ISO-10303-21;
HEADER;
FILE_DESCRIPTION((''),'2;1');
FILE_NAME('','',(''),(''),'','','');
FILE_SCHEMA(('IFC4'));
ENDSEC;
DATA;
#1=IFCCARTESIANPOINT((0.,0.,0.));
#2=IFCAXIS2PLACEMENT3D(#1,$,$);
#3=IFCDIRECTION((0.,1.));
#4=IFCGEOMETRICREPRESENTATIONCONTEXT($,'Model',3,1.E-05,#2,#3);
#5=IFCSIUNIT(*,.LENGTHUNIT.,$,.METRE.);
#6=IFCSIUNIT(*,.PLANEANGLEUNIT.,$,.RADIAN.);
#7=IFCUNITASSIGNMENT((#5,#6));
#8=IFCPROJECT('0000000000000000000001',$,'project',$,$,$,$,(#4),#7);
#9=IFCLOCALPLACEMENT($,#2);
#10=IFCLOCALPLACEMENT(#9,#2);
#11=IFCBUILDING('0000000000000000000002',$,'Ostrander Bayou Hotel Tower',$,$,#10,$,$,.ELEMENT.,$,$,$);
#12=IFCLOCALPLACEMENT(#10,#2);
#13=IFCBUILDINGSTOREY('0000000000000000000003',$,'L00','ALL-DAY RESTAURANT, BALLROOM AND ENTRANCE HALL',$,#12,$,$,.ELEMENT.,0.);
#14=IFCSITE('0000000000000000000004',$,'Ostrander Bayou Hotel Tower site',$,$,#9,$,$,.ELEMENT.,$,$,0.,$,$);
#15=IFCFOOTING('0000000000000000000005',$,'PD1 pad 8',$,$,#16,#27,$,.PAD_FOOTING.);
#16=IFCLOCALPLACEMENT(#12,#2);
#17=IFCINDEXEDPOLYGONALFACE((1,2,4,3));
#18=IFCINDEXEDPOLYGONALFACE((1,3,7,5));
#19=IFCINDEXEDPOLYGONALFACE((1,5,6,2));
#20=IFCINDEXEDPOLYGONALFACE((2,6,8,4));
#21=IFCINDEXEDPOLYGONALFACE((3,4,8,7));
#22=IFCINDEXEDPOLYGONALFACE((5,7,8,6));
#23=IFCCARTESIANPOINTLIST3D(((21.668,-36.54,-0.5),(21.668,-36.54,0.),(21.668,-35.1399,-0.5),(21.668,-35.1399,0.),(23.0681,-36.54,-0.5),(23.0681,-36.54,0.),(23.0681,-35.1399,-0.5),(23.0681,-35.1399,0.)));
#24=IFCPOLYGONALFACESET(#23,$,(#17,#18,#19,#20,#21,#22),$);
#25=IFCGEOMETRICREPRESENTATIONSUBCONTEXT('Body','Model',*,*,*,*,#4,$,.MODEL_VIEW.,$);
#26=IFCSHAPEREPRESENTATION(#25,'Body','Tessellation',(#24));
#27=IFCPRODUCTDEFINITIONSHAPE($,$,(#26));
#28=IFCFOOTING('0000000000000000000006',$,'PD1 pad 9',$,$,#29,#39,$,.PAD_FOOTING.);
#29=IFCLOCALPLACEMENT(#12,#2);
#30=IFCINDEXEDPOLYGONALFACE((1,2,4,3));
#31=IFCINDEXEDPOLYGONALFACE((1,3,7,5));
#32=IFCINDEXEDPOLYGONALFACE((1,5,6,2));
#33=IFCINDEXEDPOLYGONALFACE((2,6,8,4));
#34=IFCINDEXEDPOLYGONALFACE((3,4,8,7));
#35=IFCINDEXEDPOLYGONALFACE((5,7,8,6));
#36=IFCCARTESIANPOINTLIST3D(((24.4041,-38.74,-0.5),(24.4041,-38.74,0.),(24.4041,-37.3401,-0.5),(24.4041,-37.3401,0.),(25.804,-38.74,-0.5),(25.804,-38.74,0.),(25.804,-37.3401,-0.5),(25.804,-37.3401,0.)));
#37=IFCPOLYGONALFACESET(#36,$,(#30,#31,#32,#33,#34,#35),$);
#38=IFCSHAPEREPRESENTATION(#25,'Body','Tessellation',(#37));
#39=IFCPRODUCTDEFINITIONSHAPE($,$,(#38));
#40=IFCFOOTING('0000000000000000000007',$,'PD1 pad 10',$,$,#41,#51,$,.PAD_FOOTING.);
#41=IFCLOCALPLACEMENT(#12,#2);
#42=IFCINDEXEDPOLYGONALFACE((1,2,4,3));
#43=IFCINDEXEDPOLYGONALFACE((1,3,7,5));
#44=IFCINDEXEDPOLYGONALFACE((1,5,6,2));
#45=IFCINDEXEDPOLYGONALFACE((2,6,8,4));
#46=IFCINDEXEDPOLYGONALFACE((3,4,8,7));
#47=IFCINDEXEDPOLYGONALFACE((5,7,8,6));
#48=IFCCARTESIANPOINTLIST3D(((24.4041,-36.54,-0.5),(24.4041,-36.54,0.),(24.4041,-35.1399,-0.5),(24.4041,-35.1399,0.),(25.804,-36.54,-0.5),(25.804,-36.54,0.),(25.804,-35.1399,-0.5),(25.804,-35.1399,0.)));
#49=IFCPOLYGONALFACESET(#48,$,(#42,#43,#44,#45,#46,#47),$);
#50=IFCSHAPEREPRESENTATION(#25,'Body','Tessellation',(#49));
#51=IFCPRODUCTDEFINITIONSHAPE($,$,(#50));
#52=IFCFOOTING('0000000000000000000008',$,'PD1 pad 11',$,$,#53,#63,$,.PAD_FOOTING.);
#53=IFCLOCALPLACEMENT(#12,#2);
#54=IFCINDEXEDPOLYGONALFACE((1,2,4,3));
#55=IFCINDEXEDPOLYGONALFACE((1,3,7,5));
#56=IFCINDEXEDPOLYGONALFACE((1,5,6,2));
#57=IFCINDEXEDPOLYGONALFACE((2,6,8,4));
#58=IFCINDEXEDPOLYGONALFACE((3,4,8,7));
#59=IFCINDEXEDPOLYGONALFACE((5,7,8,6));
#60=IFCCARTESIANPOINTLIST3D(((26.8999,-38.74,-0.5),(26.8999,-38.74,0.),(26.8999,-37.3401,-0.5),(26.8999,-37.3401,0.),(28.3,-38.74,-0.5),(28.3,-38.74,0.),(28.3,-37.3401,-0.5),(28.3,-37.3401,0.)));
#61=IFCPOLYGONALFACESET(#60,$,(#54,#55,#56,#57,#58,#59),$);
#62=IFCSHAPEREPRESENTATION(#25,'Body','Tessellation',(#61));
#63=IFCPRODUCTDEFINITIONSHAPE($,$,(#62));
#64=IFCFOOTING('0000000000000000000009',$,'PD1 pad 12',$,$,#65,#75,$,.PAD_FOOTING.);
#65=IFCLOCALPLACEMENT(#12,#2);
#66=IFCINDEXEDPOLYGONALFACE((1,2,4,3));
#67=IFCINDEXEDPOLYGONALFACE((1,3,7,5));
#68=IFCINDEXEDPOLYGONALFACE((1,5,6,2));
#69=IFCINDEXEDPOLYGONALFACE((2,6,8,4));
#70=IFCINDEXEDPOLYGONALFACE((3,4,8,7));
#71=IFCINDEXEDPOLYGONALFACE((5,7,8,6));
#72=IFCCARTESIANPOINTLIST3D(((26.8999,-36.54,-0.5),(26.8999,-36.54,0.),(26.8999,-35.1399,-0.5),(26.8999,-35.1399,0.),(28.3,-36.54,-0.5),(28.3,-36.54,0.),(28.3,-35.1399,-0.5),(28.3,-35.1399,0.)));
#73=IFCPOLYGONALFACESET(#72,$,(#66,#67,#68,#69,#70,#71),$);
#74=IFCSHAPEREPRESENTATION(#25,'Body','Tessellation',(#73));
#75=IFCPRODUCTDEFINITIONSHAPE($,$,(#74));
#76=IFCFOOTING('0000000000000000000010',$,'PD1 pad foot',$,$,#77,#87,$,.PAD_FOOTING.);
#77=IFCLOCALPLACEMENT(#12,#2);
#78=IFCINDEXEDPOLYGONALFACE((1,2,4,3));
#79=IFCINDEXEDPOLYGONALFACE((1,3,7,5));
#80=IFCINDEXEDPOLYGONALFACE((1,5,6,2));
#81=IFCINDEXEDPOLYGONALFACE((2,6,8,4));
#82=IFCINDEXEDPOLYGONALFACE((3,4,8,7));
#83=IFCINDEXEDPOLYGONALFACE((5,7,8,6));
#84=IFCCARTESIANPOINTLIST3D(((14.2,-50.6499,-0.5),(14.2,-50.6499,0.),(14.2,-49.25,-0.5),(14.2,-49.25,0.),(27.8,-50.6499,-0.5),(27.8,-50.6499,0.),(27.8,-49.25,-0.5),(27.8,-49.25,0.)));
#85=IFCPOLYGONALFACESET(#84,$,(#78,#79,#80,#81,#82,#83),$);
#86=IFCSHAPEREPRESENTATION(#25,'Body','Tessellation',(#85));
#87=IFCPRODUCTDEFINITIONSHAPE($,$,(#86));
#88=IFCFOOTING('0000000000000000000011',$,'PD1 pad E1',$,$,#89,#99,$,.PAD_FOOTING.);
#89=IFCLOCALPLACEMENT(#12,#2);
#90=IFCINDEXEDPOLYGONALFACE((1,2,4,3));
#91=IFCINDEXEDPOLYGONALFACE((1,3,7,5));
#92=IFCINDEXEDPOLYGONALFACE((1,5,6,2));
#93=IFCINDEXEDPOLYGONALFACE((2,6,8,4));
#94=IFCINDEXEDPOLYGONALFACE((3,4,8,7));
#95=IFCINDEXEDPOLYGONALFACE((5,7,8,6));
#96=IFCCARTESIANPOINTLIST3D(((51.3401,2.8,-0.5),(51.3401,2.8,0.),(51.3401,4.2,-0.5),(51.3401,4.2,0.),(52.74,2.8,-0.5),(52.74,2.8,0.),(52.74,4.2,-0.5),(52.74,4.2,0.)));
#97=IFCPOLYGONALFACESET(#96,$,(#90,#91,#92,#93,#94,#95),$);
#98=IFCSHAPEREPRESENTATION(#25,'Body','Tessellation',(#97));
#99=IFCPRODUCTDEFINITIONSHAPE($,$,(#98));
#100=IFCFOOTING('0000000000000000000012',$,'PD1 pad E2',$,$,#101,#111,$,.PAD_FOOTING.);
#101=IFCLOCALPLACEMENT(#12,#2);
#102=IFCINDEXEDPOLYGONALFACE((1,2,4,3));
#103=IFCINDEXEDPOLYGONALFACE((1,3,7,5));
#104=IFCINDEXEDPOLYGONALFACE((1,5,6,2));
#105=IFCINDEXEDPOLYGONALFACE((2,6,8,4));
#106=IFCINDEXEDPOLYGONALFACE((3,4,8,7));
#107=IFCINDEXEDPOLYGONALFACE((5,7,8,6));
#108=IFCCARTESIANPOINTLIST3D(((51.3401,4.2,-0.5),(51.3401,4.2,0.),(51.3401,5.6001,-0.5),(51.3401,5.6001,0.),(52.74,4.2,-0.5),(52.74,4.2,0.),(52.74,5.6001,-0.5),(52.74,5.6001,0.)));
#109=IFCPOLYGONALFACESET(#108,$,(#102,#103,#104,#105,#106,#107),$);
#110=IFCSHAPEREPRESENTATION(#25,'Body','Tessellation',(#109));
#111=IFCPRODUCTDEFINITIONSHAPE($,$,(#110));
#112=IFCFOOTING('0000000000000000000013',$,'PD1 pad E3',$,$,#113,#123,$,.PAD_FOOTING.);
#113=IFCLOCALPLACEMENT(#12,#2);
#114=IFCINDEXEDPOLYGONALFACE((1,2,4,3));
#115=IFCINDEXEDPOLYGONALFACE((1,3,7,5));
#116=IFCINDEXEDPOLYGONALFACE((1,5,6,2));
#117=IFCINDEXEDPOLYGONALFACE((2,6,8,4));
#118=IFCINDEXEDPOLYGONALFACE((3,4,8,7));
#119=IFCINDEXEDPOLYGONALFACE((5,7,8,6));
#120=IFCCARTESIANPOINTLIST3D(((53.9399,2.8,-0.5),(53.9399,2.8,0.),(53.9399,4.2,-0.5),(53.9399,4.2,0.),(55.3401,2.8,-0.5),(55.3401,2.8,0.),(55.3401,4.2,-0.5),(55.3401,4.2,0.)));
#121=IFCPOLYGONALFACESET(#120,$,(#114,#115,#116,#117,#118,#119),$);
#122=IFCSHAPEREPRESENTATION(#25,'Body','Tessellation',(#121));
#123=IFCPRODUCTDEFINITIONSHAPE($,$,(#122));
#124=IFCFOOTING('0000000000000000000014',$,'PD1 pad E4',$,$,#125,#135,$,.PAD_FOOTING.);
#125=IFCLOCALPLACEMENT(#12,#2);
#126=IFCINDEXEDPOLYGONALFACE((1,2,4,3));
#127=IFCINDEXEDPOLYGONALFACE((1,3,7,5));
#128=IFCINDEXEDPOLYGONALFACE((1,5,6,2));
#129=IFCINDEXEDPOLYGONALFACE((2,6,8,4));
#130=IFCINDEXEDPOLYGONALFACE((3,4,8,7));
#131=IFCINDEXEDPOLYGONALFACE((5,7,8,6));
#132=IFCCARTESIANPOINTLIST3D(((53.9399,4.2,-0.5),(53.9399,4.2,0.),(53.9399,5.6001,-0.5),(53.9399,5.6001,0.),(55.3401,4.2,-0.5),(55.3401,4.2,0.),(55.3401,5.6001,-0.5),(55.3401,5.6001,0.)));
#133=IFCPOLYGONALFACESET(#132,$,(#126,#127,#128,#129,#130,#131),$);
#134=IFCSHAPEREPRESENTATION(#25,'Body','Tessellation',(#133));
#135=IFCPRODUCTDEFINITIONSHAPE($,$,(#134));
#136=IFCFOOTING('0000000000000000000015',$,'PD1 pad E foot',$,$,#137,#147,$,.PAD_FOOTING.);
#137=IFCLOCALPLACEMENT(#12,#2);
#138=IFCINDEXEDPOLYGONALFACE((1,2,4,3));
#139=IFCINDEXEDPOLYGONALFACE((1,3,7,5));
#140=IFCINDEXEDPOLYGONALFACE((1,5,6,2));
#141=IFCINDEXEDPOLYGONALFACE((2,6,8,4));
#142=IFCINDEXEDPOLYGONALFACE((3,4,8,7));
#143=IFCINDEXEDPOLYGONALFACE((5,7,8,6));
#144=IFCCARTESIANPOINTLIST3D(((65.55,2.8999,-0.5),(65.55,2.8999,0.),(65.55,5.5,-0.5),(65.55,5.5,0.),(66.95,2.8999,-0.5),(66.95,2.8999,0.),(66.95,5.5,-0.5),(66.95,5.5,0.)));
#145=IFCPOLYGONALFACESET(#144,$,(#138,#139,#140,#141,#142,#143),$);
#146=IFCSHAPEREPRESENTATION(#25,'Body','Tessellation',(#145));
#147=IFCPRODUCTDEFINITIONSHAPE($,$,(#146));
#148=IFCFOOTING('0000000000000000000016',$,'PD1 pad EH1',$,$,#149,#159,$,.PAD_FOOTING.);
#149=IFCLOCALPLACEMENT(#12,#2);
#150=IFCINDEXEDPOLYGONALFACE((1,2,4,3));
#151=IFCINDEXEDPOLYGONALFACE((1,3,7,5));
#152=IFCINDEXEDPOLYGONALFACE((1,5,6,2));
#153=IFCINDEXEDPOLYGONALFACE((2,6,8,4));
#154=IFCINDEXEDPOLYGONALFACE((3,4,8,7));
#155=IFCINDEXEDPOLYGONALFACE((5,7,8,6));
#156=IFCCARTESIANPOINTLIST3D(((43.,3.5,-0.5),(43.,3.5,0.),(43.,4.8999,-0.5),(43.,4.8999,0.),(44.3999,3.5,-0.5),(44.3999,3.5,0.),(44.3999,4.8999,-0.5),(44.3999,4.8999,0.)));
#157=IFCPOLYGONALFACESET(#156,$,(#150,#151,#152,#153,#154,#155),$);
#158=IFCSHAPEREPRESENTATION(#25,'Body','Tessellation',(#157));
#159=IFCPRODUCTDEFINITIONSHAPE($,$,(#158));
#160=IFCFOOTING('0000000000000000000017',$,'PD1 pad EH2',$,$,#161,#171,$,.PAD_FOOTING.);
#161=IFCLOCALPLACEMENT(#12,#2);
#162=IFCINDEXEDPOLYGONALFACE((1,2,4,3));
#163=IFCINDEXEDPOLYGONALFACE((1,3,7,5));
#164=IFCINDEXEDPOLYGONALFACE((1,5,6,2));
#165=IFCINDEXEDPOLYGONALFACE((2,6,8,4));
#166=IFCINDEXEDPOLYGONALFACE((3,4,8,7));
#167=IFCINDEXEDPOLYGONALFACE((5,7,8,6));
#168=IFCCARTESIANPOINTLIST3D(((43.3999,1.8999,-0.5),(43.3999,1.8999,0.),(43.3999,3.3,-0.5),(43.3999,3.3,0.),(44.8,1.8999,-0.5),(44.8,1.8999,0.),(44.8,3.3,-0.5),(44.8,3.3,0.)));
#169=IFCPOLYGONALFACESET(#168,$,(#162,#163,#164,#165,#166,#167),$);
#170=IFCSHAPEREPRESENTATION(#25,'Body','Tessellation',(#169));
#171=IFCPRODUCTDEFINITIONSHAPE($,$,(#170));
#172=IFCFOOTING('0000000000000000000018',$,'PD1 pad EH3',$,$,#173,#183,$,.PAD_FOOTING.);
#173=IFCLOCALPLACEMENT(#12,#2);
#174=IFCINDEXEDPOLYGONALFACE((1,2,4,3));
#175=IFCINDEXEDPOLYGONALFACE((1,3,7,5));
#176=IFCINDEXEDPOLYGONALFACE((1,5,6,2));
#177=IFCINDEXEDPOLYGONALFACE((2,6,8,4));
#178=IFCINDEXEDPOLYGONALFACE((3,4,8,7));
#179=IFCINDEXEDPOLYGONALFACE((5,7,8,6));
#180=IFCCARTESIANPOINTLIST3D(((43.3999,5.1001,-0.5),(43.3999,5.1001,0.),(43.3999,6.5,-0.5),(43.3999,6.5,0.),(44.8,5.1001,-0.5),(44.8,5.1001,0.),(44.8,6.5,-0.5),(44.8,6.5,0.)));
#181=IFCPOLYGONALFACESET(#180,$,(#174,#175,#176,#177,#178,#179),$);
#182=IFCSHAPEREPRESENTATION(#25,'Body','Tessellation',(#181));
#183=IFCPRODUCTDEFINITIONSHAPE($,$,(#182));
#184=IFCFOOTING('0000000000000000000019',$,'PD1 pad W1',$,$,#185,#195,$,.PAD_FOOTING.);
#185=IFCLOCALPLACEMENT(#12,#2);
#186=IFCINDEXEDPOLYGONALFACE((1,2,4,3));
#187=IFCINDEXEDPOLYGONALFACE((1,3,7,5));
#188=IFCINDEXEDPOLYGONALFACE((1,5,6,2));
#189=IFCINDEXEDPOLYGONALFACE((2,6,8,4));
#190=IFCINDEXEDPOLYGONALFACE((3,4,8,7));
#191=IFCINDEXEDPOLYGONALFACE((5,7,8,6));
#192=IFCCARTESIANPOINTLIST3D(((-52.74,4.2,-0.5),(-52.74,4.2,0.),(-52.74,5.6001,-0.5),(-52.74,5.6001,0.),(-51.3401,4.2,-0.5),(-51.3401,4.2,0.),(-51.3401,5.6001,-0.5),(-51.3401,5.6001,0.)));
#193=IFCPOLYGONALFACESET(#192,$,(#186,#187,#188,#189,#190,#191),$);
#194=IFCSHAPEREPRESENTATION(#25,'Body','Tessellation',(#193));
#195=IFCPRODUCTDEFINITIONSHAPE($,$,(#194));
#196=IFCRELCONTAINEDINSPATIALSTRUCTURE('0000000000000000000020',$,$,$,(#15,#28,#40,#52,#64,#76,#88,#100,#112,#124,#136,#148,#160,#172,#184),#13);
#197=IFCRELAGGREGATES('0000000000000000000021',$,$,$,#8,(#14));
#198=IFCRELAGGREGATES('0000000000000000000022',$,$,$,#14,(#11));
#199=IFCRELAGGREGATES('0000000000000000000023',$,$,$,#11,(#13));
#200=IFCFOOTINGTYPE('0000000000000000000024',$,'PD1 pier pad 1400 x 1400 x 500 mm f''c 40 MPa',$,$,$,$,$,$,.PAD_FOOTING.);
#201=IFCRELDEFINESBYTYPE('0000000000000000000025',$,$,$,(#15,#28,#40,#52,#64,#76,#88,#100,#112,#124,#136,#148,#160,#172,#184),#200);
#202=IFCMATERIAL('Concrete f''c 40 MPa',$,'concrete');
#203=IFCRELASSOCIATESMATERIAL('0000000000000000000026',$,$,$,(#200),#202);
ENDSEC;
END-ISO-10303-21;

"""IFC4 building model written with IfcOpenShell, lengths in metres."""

from ifc_helpers import new_model, si_unit, direction, frame, origin, place, context, subcontext, project, spatial, polyline, outline, extrude, material, type_object, element, save


model = new_model("IFC4")

# Units and contexts
model_context = context("Model", 3, precision=1e-05, world=origin(), true_north=direction((0.0, 1.0)))
body_context = subcontext(model_context, "Body", "Model", "MODEL_VIEW")
ifc_project = project(units=[si_unit("LENGTHUNIT", "METRE"), si_unit("PLANEANGLEUNIT", "RADIAN")], contexts=[model_context])

# Site, building, storey
site_placement = place(None, origin())
site = spatial("IfcSite", under=ifc_project, at=site_placement, Name="Ostrander Bayou Hotel Tower site", CompositionType="ELEMENT", RefElevation=0.0)
building_placement = place(site_placement, origin())
building = spatial("IfcBuilding", under=site, at=building_placement, Name="Ostrander Bayou Hotel Tower", CompositionType="ELEMENT")
storey_placement = place(building_placement, origin())
storey = spatial("IfcBuildingStorey", under=building, at=storey_placement, Name="L00", Description="ALL-DAY RESTAURANT, BALLROOM AND ENTRANCE HALL", CompositionType="ELEMENT", Elevation=0.0)

# Footings
ifc_material_1 = material(Name="Concrete f'c 40 MPa", Category="concrete")
footing_type = type_object("IfcFootingType", Name="PD1 pier pad 1400 x 1400 x 500 mm f'c 40 MPa", PredefinedType="PAD_FOOTING", material=ifc_material_1)
footing_1_placement = place(storey_placement, frame((0.0, 0.0, -0.5)))
element("IfcFooting", 1, at=footing_1_placement, inside=storey, type_object=footing_type, Name="PD1 pad 8", PredefinedType="PAD_FOOTING", context=body_context, shape_type="SweptSolid", body=[
    extrude(outline(polyline([(23.0681, -36.54), (23.0681, -35.1399), (21.668, -35.1399), (21.668, -36.54), (23.0681, -36.54)])), origin(), (0.0, 0.0, 1.0), 0.5),
])
footing_2_placement = place(storey_placement, frame((0.0, 0.0, -0.5)))
element("IfcFooting", 2, at=footing_2_placement, inside=storey, type_object=footing_type, Name="PD1 pad 9", PredefinedType="PAD_FOOTING", context=body_context, shape_type="SweptSolid", body=[
    extrude(outline(polyline([(25.804, -38.74), (25.804, -37.3401), (24.4041, -37.3401), (24.4041, -38.74), (25.804, -38.74)])), origin(), (0.0, 0.0, 1.0), 0.5),
])
footing_3_placement = place(storey_placement, frame((0.0, 0.0, -0.5)))
element("IfcFooting", 3, at=footing_3_placement, inside=storey, type_object=footing_type, Name="PD1 pad 10", PredefinedType="PAD_FOOTING", context=body_context, shape_type="SweptSolid", body=[
    extrude(outline(polyline([(25.804, -36.54), (25.804, -35.1399), (24.4041, -35.1399), (24.4041, -36.54), (25.804, -36.54)])), origin(), (0.0, 0.0, 1.0), 0.5),
])
footing_4_placement = place(storey_placement, frame((0.0, 0.0, -0.5)))
element("IfcFooting", 4, at=footing_4_placement, inside=storey, type_object=footing_type, Name="PD1 pad 11", PredefinedType="PAD_FOOTING", context=body_context, shape_type="SweptSolid", body=[
    extrude(outline(polyline([(28.3, -38.74), (28.3, -37.3401), (26.8999, -37.3401), (26.8999, -38.74), (28.3, -38.74)])), origin(), (0.0, 0.0, 1.0), 0.5),
])
footing_5_placement = place(storey_placement, frame((0.0, 0.0, -0.5)))
element("IfcFooting", 5, at=footing_5_placement, inside=storey, type_object=footing_type, Name="PD1 pad 12", PredefinedType="PAD_FOOTING", context=body_context, shape_type="SweptSolid", body=[
    extrude(outline(polyline([(28.3, -36.54), (28.3, -35.1399), (26.8999, -35.1399), (26.8999, -36.54), (28.3, -36.54)])), origin(), (0.0, 0.0, 1.0), 0.5),
])
footing_6_placement = place(storey_placement, frame((0.0, 0.0, -0.5)))
element("IfcFooting", 6, at=footing_6_placement, inside=storey, type_object=footing_type, Name="PD1 pad foot", PredefinedType="PAD_FOOTING", context=body_context, shape_type="SweptSolid", body=[
    extrude(outline(polyline([(27.8, -50.6499), (27.8, -49.25), (14.2, -49.25), (14.2, -50.6499), (27.8, -50.6499)])), origin(), (0.0, 0.0, 1.0), 0.5),
])
footing_7_placement = place(storey_placement, frame((0.0, 0.0, -0.5)))
element("IfcFooting", 7, at=footing_7_placement, inside=storey, type_object=footing_type, Name="PD1 pad E1", PredefinedType="PAD_FOOTING", context=body_context, shape_type="SweptSolid", body=[
    extrude(outline(polyline([(52.74, 2.8), (52.74, 4.2), (51.3401, 4.2), (51.3401, 2.8), (52.74, 2.8)])), origin(), (0.0, 0.0, 1.0), 0.5),
])
footing_8_placement = place(storey_placement, frame((0.0, 0.0, -0.5)))
element("IfcFooting", 8, at=footing_8_placement, inside=storey, type_object=footing_type, Name="PD1 pad E2", PredefinedType="PAD_FOOTING", context=body_context, shape_type="SweptSolid", body=[
    extrude(outline(polyline([(52.74, 4.2), (52.74, 5.6001), (51.3401, 5.6001), (51.3401, 4.2), (52.74, 4.2)])), origin(), (0.0, 0.0, 1.0), 0.5),
])
footing_9_placement = place(storey_placement, frame((0.0, 0.0, -0.5)))
element("IfcFooting", 9, at=footing_9_placement, inside=storey, type_object=footing_type, Name="PD1 pad E3", PredefinedType="PAD_FOOTING", context=body_context, shape_type="SweptSolid", body=[
    extrude(outline(polyline([(55.3401, 2.8), (55.3401, 4.2), (53.9399, 4.2), (53.9399, 2.8), (55.3401, 2.8)])), origin(), (0.0, 0.0, 1.0), 0.5),
])
footing_10_placement = place(storey_placement, frame((0.0, 0.0, -0.5)))
element("IfcFooting", 10, at=footing_10_placement, inside=storey, type_object=footing_type, Name="PD1 pad E4", PredefinedType="PAD_FOOTING", context=body_context, shape_type="SweptSolid", body=[
    extrude(outline(polyline([(55.3401, 4.2), (55.3401, 5.6001), (53.9399, 5.6001), (53.9399, 4.2), (55.3401, 4.2)])), origin(), (0.0, 0.0, 1.0), 0.5),
])
footing_11_placement = place(storey_placement, frame((0.0, 0.0, -0.5)))
element("IfcFooting", 11, at=footing_11_placement, inside=storey, type_object=footing_type, Name="PD1 pad E foot", PredefinedType="PAD_FOOTING", context=body_context, shape_type="SweptSolid", body=[
    extrude(outline(polyline([(66.95, 2.8999), (66.95, 5.5), (65.55, 5.5), (65.55, 2.8999), (66.95, 2.8999)])), origin(), (0.0, 0.0, 1.0), 0.5),
])
footing_12_placement = place(storey_placement, frame((0.0, 0.0, -0.5)))
element("IfcFooting", 12, at=footing_12_placement, inside=storey, type_object=footing_type, Name="PD1 pad EH1", PredefinedType="PAD_FOOTING", context=body_context, shape_type="SweptSolid", body=[
    extrude(outline(polyline([(44.3999, 3.5), (44.3999, 4.8999), (43.0, 4.8999), (43.0, 3.5), (44.3999, 3.5)])), origin(), (0.0, 0.0, 1.0), 0.5),
])
footing_13_placement = place(storey_placement, frame((0.0, 0.0, -0.5)))
element("IfcFooting", 13, at=footing_13_placement, inside=storey, type_object=footing_type, Name="PD1 pad EH2", PredefinedType="PAD_FOOTING", context=body_context, shape_type="SweptSolid", body=[
    extrude(outline(polyline([(44.8, 1.8999), (44.8, 3.3), (43.3999, 3.3), (43.3999, 1.8999), (44.8, 1.8999)])), origin(), (0.0, 0.0, 1.0), 0.5),
])
footing_14_placement = place(storey_placement, frame((0.0, 0.0, -0.5)))
element("IfcFooting", 14, at=footing_14_placement, inside=storey, type_object=footing_type, Name="PD1 pad EH3", PredefinedType="PAD_FOOTING", context=body_context, shape_type="SweptSolid", body=[
    extrude(outline(polyline([(44.8, 5.1001), (44.8, 6.5), (43.3999, 6.5), (43.3999, 5.1001), (44.8, 5.1001)])), origin(), (0.0, 0.0, 1.0), 0.5),
])
footing_15_placement = place(storey_placement, frame((0.0, 0.0, -0.5)))
element("IfcFooting", 15, at=footing_15_placement, inside=storey, type_object=footing_type, Name="PD1 pad W1", PredefinedType="PAD_FOOTING", context=body_context, shape_type="SweptSolid", body=[
    extrude(outline(polyline([(-51.3401, 4.2), (-51.3401, 5.6001), (-52.74, 5.6001), (-52.74, 4.2), (-51.3401, 4.2)])), origin(), (0.0, 0.0, 1.0), 0.5),
])

save(model, "model.ifc")
